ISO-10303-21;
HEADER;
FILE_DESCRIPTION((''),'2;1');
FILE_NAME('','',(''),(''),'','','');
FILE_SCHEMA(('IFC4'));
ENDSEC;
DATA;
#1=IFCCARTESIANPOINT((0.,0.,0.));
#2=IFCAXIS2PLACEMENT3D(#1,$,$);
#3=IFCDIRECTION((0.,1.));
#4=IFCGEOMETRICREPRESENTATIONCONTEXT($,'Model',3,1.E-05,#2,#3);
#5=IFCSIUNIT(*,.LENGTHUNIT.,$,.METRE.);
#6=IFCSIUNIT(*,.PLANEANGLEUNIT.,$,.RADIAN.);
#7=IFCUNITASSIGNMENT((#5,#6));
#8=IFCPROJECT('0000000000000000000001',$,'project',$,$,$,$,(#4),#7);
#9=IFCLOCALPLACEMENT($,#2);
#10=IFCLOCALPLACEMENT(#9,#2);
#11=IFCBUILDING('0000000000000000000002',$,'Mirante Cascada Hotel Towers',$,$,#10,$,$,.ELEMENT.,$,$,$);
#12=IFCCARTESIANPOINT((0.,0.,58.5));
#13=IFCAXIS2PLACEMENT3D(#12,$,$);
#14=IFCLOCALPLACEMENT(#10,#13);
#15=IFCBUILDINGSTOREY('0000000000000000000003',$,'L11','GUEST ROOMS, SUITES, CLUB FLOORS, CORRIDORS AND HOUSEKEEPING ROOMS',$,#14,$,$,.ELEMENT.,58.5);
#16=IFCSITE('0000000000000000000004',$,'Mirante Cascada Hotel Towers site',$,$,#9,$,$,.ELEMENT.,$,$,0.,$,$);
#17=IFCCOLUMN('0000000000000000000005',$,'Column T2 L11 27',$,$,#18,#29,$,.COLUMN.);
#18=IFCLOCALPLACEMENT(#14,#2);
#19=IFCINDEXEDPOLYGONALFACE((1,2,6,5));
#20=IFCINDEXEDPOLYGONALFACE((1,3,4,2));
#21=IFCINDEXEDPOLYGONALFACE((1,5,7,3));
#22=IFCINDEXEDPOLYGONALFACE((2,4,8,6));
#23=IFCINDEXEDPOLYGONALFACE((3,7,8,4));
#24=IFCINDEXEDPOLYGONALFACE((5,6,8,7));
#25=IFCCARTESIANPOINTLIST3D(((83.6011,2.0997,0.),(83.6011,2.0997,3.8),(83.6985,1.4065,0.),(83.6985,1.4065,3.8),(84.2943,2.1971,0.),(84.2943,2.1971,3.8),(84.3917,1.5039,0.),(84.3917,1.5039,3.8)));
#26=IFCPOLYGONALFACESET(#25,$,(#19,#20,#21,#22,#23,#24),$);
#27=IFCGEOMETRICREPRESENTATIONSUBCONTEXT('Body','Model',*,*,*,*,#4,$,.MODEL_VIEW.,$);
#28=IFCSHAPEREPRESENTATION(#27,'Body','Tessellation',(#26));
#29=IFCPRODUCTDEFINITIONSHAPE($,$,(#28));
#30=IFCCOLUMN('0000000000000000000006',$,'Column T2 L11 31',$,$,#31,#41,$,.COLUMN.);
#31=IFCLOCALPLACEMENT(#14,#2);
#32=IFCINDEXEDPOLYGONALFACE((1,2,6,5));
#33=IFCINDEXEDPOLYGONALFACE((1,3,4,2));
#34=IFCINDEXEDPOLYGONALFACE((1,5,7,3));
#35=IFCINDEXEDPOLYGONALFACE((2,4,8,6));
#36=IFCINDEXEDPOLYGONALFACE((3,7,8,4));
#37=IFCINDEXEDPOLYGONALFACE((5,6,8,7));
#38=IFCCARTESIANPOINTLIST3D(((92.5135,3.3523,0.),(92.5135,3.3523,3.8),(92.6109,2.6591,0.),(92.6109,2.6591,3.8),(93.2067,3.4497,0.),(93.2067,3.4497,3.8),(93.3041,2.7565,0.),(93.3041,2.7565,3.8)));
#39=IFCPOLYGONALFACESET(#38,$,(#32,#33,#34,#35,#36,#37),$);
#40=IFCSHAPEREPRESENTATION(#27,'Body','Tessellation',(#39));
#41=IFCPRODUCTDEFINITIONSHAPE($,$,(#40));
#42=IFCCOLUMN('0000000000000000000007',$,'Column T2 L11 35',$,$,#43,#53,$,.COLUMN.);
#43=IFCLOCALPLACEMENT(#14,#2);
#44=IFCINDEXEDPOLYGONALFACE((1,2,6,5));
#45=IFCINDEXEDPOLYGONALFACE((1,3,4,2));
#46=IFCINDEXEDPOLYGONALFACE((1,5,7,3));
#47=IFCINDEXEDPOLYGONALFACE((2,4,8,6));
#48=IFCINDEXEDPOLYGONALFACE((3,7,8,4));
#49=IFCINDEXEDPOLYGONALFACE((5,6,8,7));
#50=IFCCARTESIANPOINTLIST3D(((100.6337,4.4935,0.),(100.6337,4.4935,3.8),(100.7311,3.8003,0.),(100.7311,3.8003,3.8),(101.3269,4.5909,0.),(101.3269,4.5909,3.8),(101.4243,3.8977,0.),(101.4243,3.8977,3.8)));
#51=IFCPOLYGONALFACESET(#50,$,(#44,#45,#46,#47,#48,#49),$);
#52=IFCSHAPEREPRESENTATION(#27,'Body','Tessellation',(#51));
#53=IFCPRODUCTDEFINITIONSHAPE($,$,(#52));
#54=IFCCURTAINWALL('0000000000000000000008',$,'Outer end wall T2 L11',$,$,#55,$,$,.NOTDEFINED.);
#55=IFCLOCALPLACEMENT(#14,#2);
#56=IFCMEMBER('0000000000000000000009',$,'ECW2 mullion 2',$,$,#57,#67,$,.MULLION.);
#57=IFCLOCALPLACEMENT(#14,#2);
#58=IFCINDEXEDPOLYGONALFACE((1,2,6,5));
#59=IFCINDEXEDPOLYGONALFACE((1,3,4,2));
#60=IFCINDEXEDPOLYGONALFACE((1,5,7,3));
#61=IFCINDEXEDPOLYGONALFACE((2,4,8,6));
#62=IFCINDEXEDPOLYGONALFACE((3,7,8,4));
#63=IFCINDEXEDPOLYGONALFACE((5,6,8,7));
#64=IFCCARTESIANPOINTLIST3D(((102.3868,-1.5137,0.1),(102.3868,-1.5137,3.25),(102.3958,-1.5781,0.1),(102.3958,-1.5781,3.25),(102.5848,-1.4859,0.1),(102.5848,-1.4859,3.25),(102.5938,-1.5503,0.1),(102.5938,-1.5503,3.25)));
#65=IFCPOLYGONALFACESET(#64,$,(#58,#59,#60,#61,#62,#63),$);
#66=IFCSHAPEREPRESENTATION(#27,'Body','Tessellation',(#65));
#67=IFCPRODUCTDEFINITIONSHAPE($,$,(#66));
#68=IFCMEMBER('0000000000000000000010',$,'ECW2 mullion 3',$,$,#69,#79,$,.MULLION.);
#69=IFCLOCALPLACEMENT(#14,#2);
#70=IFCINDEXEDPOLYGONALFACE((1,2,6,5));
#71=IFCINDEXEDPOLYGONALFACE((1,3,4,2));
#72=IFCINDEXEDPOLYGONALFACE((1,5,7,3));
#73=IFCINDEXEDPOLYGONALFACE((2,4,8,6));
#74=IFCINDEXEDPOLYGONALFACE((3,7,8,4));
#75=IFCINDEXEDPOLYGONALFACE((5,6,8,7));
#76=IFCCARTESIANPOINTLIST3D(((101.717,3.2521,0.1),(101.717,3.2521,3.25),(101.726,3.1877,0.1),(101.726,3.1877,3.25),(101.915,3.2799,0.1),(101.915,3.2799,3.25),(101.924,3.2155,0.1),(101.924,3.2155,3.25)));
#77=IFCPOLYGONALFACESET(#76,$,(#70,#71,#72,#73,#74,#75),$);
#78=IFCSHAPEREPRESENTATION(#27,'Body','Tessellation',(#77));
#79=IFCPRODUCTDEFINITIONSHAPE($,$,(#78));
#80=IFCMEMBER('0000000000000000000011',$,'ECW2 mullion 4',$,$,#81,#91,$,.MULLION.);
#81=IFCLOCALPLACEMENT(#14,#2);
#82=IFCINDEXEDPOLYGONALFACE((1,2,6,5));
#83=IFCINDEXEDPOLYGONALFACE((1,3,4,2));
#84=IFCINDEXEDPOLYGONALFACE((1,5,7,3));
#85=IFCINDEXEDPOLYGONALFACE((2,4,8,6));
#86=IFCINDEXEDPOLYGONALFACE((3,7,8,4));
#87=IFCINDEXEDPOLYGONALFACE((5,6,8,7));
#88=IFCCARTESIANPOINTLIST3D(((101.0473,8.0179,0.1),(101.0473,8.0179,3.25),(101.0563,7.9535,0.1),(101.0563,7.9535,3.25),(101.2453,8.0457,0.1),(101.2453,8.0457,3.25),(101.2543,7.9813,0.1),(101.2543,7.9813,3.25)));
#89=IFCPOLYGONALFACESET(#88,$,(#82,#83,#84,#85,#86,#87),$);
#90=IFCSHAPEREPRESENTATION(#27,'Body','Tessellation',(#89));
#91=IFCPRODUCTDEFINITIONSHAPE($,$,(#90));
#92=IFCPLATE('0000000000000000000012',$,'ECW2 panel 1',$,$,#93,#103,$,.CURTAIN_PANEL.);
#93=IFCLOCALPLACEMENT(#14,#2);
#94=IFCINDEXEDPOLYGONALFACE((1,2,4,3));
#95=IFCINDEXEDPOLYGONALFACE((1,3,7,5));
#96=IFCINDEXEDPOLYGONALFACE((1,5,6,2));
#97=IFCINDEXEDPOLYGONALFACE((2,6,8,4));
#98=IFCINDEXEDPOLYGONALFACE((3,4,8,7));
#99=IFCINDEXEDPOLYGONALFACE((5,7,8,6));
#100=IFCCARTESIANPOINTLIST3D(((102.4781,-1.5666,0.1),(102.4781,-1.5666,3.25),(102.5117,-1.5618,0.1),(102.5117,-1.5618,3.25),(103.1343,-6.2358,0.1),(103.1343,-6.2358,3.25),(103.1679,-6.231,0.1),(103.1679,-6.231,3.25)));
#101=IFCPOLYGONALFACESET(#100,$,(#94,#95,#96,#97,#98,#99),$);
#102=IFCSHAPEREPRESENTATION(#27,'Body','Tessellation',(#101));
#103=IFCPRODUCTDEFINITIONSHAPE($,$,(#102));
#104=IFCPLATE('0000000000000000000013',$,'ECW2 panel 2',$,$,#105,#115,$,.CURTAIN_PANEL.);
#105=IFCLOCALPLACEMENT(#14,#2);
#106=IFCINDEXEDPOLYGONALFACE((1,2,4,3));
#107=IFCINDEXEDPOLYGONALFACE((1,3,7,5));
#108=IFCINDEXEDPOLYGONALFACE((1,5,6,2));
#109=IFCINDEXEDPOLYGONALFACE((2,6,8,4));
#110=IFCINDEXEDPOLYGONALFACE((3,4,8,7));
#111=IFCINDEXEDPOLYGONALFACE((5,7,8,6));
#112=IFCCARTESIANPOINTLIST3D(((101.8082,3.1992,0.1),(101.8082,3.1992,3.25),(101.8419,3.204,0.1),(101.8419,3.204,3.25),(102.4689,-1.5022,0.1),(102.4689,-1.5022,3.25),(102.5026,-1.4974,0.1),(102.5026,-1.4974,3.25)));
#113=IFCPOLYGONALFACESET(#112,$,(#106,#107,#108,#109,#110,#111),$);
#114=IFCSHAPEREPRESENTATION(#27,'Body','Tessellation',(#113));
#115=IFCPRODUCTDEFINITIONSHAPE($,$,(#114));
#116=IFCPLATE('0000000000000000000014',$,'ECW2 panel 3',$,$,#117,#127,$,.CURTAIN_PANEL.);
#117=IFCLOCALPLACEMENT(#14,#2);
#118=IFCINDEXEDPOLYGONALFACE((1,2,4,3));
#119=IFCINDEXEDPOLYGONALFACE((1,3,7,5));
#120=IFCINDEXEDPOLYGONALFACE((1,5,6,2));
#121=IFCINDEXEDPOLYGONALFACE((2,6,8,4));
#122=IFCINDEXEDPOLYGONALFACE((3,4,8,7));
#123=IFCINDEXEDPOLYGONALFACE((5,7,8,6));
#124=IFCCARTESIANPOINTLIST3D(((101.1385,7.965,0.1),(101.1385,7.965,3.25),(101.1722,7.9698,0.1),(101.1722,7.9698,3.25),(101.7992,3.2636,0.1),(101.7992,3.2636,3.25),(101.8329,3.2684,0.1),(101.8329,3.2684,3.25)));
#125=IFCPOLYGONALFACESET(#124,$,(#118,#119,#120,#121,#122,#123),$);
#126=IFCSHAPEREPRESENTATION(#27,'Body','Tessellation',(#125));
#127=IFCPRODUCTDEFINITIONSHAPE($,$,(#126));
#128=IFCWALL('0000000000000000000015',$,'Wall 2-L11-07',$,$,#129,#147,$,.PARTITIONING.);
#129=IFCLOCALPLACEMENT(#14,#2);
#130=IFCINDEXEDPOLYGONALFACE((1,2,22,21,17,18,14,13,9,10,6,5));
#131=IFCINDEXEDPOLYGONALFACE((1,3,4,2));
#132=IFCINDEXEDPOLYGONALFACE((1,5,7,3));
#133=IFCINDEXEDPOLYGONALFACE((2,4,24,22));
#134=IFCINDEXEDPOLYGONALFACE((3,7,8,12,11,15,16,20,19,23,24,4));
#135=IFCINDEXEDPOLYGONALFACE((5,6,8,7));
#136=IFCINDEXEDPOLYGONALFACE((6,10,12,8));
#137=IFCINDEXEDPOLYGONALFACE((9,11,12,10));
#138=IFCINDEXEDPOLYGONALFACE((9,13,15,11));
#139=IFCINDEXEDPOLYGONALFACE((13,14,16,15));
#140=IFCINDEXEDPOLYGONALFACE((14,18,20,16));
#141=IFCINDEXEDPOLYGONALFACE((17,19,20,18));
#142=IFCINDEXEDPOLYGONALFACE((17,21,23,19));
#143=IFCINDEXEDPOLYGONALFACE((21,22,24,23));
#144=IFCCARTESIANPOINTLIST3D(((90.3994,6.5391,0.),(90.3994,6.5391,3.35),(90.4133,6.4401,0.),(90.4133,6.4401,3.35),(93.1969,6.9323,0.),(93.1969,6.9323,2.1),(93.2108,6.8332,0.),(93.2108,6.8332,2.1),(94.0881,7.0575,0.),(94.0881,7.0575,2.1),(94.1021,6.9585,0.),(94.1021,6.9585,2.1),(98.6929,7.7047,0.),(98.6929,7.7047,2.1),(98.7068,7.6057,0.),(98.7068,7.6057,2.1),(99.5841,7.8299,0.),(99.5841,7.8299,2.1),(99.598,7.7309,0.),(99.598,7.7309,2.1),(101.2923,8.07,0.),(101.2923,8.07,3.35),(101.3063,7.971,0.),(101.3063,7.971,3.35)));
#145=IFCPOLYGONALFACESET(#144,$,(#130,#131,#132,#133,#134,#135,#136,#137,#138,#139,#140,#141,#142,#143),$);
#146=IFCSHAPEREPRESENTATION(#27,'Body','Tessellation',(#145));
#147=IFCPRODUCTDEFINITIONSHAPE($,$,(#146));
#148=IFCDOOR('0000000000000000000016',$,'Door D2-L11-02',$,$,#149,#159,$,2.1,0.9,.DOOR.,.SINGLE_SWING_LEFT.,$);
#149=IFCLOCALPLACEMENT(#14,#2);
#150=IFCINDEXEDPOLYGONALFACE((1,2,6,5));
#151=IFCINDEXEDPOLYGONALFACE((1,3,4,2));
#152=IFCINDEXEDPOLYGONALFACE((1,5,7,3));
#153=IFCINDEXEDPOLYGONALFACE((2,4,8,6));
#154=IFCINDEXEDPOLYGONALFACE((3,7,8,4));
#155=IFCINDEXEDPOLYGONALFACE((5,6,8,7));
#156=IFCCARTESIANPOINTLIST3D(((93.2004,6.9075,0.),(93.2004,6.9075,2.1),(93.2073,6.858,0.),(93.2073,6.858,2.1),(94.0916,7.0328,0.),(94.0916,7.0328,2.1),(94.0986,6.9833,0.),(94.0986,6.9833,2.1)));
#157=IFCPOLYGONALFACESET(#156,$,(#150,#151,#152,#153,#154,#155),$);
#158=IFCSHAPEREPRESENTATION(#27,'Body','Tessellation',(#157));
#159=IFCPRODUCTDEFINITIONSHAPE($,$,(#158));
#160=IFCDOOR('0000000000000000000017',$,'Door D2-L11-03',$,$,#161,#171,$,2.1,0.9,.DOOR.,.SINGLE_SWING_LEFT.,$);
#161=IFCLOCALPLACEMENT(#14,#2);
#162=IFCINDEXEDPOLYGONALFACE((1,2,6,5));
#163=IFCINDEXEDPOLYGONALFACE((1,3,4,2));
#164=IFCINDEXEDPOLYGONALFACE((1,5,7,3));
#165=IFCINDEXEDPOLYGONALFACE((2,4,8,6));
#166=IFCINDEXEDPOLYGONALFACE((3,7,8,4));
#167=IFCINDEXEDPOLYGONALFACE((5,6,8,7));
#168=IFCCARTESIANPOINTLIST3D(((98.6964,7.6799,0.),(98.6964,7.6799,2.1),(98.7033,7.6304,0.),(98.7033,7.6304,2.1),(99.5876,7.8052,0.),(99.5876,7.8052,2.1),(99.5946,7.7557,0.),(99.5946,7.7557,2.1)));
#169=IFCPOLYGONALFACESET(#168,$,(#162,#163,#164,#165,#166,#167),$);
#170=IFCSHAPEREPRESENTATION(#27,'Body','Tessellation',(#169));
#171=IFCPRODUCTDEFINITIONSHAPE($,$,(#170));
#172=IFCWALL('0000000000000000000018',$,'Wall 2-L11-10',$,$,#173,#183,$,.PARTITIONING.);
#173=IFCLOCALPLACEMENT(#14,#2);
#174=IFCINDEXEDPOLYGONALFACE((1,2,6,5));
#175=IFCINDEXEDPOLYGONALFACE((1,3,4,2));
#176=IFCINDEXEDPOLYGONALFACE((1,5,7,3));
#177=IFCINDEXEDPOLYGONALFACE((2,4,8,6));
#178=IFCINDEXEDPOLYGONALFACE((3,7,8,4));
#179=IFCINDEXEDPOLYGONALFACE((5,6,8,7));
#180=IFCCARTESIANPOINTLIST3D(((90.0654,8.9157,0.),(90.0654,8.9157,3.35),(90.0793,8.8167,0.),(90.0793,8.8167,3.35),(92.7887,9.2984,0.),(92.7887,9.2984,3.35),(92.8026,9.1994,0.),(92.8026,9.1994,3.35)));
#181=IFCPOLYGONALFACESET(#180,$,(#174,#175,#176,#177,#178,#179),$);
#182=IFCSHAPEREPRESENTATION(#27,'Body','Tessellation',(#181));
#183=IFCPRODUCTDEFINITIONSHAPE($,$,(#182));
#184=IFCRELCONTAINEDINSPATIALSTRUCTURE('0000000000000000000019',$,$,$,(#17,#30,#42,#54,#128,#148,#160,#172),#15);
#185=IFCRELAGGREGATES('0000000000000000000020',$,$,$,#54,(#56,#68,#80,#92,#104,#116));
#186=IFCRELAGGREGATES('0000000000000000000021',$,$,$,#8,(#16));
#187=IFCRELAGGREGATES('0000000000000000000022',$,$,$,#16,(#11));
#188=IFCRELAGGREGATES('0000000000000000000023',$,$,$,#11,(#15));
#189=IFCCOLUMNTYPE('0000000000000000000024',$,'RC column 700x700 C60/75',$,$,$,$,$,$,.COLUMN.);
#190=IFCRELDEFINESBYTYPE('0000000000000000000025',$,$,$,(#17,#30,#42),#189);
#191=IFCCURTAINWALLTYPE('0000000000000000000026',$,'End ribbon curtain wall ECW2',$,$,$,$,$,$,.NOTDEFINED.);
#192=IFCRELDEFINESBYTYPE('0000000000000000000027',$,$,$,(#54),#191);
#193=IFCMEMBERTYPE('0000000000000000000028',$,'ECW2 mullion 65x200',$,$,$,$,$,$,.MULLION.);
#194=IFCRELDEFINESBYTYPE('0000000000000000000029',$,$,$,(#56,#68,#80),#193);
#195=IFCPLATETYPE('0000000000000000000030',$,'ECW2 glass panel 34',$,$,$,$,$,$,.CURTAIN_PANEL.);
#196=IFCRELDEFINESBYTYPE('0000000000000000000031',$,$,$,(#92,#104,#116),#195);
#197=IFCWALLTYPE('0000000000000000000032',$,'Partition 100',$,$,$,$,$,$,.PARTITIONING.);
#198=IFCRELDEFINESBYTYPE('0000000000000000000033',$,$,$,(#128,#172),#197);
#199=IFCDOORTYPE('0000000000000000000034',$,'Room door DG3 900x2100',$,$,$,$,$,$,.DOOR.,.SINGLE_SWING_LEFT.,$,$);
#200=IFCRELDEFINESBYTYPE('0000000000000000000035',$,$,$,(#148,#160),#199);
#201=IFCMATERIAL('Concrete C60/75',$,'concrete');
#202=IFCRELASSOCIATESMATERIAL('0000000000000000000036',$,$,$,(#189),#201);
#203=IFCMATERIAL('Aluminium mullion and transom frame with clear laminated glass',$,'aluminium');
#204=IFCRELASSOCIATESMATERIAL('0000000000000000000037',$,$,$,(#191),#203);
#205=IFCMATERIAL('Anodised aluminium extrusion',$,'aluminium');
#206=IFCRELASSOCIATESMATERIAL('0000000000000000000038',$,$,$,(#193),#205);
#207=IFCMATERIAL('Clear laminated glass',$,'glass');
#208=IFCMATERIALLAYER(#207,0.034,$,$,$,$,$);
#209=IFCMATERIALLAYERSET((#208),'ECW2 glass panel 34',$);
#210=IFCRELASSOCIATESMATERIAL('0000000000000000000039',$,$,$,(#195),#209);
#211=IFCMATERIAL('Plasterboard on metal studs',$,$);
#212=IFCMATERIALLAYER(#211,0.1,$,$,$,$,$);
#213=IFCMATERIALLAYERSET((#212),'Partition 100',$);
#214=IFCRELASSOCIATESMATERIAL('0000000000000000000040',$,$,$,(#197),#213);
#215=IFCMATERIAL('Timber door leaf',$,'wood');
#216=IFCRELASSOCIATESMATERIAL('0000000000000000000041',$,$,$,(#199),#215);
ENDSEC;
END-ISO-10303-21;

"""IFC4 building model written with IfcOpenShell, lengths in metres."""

from ifc_helpers import new_model, si_unit, direction, frame, frame_2d, origin, origin_2d, place, context, subcontext, project, spatial, rectangle, extrude, material, layer, layer_set, material_profile, profile_set, type_object, element, fill, aggregate, save


model = new_model("IFC4")

# Units and contexts
model_context = context("Model", 3, precision=1e-05, world=origin(), true_north=direction((0.0, 1.0)))
body_context = subcontext(model_context, "Body", "Model", "MODEL_VIEW")
ifc_project = project(units=[si_unit("LENGTHUNIT", "METRE"), si_unit("PLANEANGLEUNIT", "RADIAN")], contexts=[model_context])

# Site, building, storey
site_placement = place(None, origin())
site = spatial("IfcSite", under=ifc_project, at=site_placement, Name="Mirante Cascada Hotel Towers site", CompositionType="ELEMENT", RefElevation=0.0)
building_placement = place(site_placement, origin())
building = spatial("IfcBuilding", under=site, at=building_placement, Name="Mirante Cascada Hotel Towers", CompositionType="ELEMENT")
storey_placement = place(building_placement, frame((0.0, 0.0, 58.5)))
storey = spatial("IfcBuildingStorey", under=building, at=storey_placement, Name="L11", Description="GUEST ROOMS, SUITES, CLUB FLOORS, CORRIDORS AND HOUSEKEEPING ROOMS", CompositionType="ELEMENT", Elevation=58.5)

# Columns
ifc_material_1 = material(Name="Concrete C60/75", Category="concrete")
ifc_material_profile_1 = material_profile(ifc_material_1, rectangle(XDim=0.7, YDim=0.7, at=origin_2d()), Name="RC column 700x700 C60/75")
ifc_profile_set_1 = profile_set([ifc_material_profile_1], Name="Concrete C60/75")
column_type = type_object("IfcColumnType", Name="RC column 700x700 C60/75", PredefinedType="COLUMN", material=ifc_profile_set_1)
for number, where, z_axis, x_axis, name in (
    (1, (83.9964, 1.8018, 0.0), (0.0, 0.0, 1.0), (0.990268, 0.139173, 0.0), "Column T2 L11 27"),
    (2, (92.9088, 3.0544, 0.0), (0.0, 0.0, 1.0), (0.990268, 0.139173, 0.0), "Column T2 L11 31"),
    (3, (101.029, 4.1956, 0.0), (0.0, 0.0, 1.0), (0.990268, 0.139173, 0.0), "Column T2 L11 35"),
):
    element("IfcColumn", number, at=place(storey_placement, frame(where, z_axis=z_axis, x_axis=x_axis)), inside=storey, type_object=column_type, Name=name, PredefinedType="COLUMN", context=body_context, shape_type="SweptSolid", body=[
        extrude(rectangle(XDim=0.7, YDim=0.7, at=origin_2d()), origin(), (0.0, 0.0, 1.0), 3.8),
    ])

# Curtain wall, members, plates
ifc_material_2 = material(Name="Aluminium mullion and transom frame with clear laminated glass", Category="aluminium")
curtain_wall_type = type_object("IfcCurtainWallType", Name="End ribbon curtain wall ECW2", PredefinedType="NOTDEFINED", material=ifc_material_2)
curtain_wall_placement = place(storey_placement, origin())
curtain_wall = element("IfcCurtainWall", 4, at=curtain_wall_placement, inside=storey, type_object=curtain_wall_type, Name="Outer end wall T2 L11", PredefinedType="NOTDEFINED")
ifc_material_3 = material(Name="Anodised aluminium extrusion", Category="aluminium")
ifc_material_profile_2 = material_profile(ifc_material_3, rectangle(XDim=0.2, YDim=0.065, at=origin_2d()), Name="ECW2 MULLION 65x200")
ifc_profile_set_2 = profile_set([ifc_material_profile_2], Name="Anodised aluminium extrusion")
member_type = type_object("IfcMemberType", Name="ECW2 mullion 65x200", PredefinedType="MULLION", material=ifc_profile_set_2)
member_1_placement = place(storey_placement, frame((102.4903, -1.532, 0.1), z_axis=(0.0, 0.0, 1.0), x_axis=(-0.990268, -0.139173, 0.0)))
member_1 = element("IfcMember", 5, at=member_1_placement, type_object=member_type, Name="ECW2 mullion 2", PredefinedType="MULLION", context=body_context, shape_type="SweptSolid", body=[
    extrude(rectangle(XDim=0.2, YDim=0.065, at=origin_2d()), origin(), (0.0, 0.0, 1.0), 3.15),
])
member_2_placement = place(storey_placement, frame((101.8205, 3.2338, 0.1), z_axis=(0.0, 0.0, 1.0), x_axis=(-0.990268, -0.139173, 0.0)))
member_2 = element("IfcMember", 6, at=member_2_placement, type_object=member_type, Name="ECW2 mullion 3", PredefinedType="MULLION", context=body_context, shape_type="SweptSolid", body=[
    extrude(rectangle(XDim=0.2, YDim=0.065, at=origin_2d()), origin(), (0.0, 0.0, 1.0), 3.15),
])
member_3_placement = place(storey_placement, frame((101.1508, 7.9996, 0.1), z_axis=(0.0, 0.0, 1.0), x_axis=(-0.990268, -0.139173, 0.0)))
member_3 = element("IfcMember", 7, at=member_3_placement, type_object=member_type, Name="ECW2 mullion 4", PredefinedType="MULLION", context=body_context, shape_type="SweptSolid", body=[
    extrude(rectangle(XDim=0.2, YDim=0.065, at=origin_2d()), origin(), (0.0, 0.0, 1.0), 3.15),
])
ifc_material_4 = material(Name="Clear laminated glass", Category="glass")
ifc_layer_1 = layer(ifc_material_4, 0.034)
ifc_layer_set_1 = layer_set([ifc_layer_1], Name="ECW2 glass panel 34")
plate_type = type_object("IfcPlateType", Name="ECW2 glass panel 34", PredefinedType="CURTAIN_PANEL", material=ifc_layer_set_1)
plate_1_placement = place(storey_placement, frame((102.823, -3.8988, 0.1), z_axis=(0.0, 0.0, 1.0), x_axis=(-0.139173, 0.990268, 0.0)))
plate_1 = element("IfcPlate", 8, at=plate_1_placement, type_object=plate_type, Name="ECW2 panel 1", PredefinedType="CURTAIN_PANEL", context=body_context, shape_type="SweptSolid", body=[
    extrude(rectangle(XDim=4.7151, YDim=0.034, at=origin_2d()), origin(), (0.0, 0.0, 1.0), 3.15),
])
plate_2_placement = place(storey_placement, frame((102.1554, 0.8509, 0.1), z_axis=(0.0, 0.0, 1.0), x_axis=(-0.139173, 0.990268, 0.0)))
plate_2 = element("IfcPlate", 9, at=plate_2_placement, type_object=plate_type, Name="ECW2 panel 2", PredefinedType="CURTAIN_PANEL", context=body_context, shape_type="SweptSolid", body=[
    extrude(rectangle(XDim=4.7476, YDim=0.034, at=origin_2d()), origin(), (0.0, 0.0, 1.0), 3.15),
])
plate_3_placement = place(storey_placement, frame((101.4857, 5.6167, 0.1), z_axis=(0.0, 0.0, 1.0), x_axis=(-0.139173, 0.990268, 0.0)))
plate_3 = element("IfcPlate", 10, at=plate_3_placement, type_object=plate_type, Name="ECW2 panel 3", PredefinedType="CURTAIN_PANEL", context=body_context, shape_type="SweptSolid", body=[
    extrude(rectangle(XDim=4.7476, YDim=0.034, at=origin_2d()), origin(), (0.0, 0.0, 1.0), 3.15),
])
aggregate(curtain_wall, [member_1, member_2, member_3, plate_1, plate_2, plate_3])

# Wall, openings, doors
ifc_material_5 = material(Name="Plasterboard on metal studs")
ifc_layer_2 = layer(ifc_material_5, 0.1)
ifc_layer_set_2 = layer_set([ifc_layer_2], Name="Partition 100")
wall_type_1 = type_object("IfcWallType", Name="Partition 100", PredefinedType="PARTITIONING", material=ifc_layer_set_2)
wall_1_placement = place(storey_placement, frame((101.2993, 8.0205, 0.0), z_axis=(0.0, 0.0, 1.0), x_axis=(-0.990268, -0.139173, 0.0)))
wall_1 = element("IfcWall", 11, at=wall_1_placement, inside=storey, type_object=wall_type_1, Name="Wall 2-L11-07", PredefinedType="PARTITIONING", context=body_context, shape_type="SweptSolid", body=[
    extrude(rectangle(XDim=11.0, YDim=0.1, at=frame_2d((5.5, 0.0))), origin(), (0.0, 0.0, 1.0), 3.35),
])
opening_1_placement = place(wall_1_placement, frame((7.275, 0.0, 0.0)))
opening_1 = element("IfcOpeningElement", 12, at=opening_1_placement, cuts=wall_1, PredefinedType="OPENING", context=body_context, shape_type="SweptSolid", body=[
    extrude(rectangle(XDim=0.9, YDim=2.1, at=frame_2d((0.45, 1.05))), frame((0.0, 0.05, 0.0), z_axis=(0.0, -1.0, 0.0), x_axis=(1.0, 0.0, 0.0)), (0.0, 0.0, 1.0), 0.1),
])
opening_2_placement = place(wall_1_placement, frame((1.725, 0.0, 0.0)))
opening_2 = element("IfcOpeningElement", 13, at=opening_2_placement, cuts=wall_1, PredefinedType="OPENING", context=body_context, shape_type="SweptSolid", body=[
    extrude(rectangle(XDim=0.9, YDim=2.1, at=frame_2d((0.45, 1.05))), frame((0.0, 0.05, 0.0), z_axis=(0.0, -1.0, 0.0), x_axis=(1.0, 0.0, 0.0)), (0.0, 0.0, 1.0), 0.1),
])
ifc_material_6 = material(Name="Timber door leaf", Category="wood")
door_type_1 = type_object("IfcDoorType", Name="Room door DG3 900x2100", OperationType="SINGLE_SWING_LEFT", PredefinedType="DOOR", material=ifc_material_6)
door_1_placement = place(opening_1_placement, origin())
door_1 = element("IfcDoor", 14, at=door_1_placement, inside=storey, type_object=door_type_1, Name="Door D2-L11-02", OperationType="SINGLE_SWING_LEFT", OverallHeight=2.1, OverallWidth=0.9, PredefinedType="DOOR", context=body_context, shape_type="SweptSolid", body=[
    extrude(rectangle(XDim=0.9, YDim=2.1, at=frame_2d((0.45, 1.05))), frame((0.0, 0.025, 0.0), z_axis=(0.0, -1.0, 0.0), x_axis=(1.0, 0.0, 0.0)), (0.0, 0.0, 1.0), 0.05),
])
fill(opening_1, door_1)
door_2_placement = place(opening_2_placement, origin())
door_2 = element("IfcDoor", 15, at=door_2_placement, inside=storey, type_object=door_type_1, Name="Door D2-L11-03", OperationType="SINGLE_SWING_LEFT", OverallHeight=2.1, OverallWidth=0.9, PredefinedType="DOOR", context=body_context, shape_type="SweptSolid", body=[
    extrude(rectangle(XDim=0.9, YDim=2.1, at=frame_2d((0.45, 1.05))), frame((0.0, 0.025, 0.0), z_axis=(0.0, -1.0, 0.0), x_axis=(1.0, 0.0, 0.0)), (0.0, 0.0, 1.0), 0.05),
])
fill(opening_2, door_2)

# Wall
wall_2_placement = place(storey_placement, frame((90.0723, 8.8662, 0.0), z_axis=(0.0, 0.0, 1.0), x_axis=(0.99027, 0.139161, 0.0)))
element("IfcWall", 16, at=wall_2_placement, inside=storey, type_object=wall_type_1, Name="Wall 2-L11-10", PredefinedType="PARTITIONING", context=body_context, shape_type="SweptSolid", body=[
    extrude(rectangle(XDim=2.7501, YDim=0.1, at=frame_2d((1.3751, 0.0))), origin(), (0.0, 0.0, 1.0), 3.35),
])

save(model, "model.ifc")
